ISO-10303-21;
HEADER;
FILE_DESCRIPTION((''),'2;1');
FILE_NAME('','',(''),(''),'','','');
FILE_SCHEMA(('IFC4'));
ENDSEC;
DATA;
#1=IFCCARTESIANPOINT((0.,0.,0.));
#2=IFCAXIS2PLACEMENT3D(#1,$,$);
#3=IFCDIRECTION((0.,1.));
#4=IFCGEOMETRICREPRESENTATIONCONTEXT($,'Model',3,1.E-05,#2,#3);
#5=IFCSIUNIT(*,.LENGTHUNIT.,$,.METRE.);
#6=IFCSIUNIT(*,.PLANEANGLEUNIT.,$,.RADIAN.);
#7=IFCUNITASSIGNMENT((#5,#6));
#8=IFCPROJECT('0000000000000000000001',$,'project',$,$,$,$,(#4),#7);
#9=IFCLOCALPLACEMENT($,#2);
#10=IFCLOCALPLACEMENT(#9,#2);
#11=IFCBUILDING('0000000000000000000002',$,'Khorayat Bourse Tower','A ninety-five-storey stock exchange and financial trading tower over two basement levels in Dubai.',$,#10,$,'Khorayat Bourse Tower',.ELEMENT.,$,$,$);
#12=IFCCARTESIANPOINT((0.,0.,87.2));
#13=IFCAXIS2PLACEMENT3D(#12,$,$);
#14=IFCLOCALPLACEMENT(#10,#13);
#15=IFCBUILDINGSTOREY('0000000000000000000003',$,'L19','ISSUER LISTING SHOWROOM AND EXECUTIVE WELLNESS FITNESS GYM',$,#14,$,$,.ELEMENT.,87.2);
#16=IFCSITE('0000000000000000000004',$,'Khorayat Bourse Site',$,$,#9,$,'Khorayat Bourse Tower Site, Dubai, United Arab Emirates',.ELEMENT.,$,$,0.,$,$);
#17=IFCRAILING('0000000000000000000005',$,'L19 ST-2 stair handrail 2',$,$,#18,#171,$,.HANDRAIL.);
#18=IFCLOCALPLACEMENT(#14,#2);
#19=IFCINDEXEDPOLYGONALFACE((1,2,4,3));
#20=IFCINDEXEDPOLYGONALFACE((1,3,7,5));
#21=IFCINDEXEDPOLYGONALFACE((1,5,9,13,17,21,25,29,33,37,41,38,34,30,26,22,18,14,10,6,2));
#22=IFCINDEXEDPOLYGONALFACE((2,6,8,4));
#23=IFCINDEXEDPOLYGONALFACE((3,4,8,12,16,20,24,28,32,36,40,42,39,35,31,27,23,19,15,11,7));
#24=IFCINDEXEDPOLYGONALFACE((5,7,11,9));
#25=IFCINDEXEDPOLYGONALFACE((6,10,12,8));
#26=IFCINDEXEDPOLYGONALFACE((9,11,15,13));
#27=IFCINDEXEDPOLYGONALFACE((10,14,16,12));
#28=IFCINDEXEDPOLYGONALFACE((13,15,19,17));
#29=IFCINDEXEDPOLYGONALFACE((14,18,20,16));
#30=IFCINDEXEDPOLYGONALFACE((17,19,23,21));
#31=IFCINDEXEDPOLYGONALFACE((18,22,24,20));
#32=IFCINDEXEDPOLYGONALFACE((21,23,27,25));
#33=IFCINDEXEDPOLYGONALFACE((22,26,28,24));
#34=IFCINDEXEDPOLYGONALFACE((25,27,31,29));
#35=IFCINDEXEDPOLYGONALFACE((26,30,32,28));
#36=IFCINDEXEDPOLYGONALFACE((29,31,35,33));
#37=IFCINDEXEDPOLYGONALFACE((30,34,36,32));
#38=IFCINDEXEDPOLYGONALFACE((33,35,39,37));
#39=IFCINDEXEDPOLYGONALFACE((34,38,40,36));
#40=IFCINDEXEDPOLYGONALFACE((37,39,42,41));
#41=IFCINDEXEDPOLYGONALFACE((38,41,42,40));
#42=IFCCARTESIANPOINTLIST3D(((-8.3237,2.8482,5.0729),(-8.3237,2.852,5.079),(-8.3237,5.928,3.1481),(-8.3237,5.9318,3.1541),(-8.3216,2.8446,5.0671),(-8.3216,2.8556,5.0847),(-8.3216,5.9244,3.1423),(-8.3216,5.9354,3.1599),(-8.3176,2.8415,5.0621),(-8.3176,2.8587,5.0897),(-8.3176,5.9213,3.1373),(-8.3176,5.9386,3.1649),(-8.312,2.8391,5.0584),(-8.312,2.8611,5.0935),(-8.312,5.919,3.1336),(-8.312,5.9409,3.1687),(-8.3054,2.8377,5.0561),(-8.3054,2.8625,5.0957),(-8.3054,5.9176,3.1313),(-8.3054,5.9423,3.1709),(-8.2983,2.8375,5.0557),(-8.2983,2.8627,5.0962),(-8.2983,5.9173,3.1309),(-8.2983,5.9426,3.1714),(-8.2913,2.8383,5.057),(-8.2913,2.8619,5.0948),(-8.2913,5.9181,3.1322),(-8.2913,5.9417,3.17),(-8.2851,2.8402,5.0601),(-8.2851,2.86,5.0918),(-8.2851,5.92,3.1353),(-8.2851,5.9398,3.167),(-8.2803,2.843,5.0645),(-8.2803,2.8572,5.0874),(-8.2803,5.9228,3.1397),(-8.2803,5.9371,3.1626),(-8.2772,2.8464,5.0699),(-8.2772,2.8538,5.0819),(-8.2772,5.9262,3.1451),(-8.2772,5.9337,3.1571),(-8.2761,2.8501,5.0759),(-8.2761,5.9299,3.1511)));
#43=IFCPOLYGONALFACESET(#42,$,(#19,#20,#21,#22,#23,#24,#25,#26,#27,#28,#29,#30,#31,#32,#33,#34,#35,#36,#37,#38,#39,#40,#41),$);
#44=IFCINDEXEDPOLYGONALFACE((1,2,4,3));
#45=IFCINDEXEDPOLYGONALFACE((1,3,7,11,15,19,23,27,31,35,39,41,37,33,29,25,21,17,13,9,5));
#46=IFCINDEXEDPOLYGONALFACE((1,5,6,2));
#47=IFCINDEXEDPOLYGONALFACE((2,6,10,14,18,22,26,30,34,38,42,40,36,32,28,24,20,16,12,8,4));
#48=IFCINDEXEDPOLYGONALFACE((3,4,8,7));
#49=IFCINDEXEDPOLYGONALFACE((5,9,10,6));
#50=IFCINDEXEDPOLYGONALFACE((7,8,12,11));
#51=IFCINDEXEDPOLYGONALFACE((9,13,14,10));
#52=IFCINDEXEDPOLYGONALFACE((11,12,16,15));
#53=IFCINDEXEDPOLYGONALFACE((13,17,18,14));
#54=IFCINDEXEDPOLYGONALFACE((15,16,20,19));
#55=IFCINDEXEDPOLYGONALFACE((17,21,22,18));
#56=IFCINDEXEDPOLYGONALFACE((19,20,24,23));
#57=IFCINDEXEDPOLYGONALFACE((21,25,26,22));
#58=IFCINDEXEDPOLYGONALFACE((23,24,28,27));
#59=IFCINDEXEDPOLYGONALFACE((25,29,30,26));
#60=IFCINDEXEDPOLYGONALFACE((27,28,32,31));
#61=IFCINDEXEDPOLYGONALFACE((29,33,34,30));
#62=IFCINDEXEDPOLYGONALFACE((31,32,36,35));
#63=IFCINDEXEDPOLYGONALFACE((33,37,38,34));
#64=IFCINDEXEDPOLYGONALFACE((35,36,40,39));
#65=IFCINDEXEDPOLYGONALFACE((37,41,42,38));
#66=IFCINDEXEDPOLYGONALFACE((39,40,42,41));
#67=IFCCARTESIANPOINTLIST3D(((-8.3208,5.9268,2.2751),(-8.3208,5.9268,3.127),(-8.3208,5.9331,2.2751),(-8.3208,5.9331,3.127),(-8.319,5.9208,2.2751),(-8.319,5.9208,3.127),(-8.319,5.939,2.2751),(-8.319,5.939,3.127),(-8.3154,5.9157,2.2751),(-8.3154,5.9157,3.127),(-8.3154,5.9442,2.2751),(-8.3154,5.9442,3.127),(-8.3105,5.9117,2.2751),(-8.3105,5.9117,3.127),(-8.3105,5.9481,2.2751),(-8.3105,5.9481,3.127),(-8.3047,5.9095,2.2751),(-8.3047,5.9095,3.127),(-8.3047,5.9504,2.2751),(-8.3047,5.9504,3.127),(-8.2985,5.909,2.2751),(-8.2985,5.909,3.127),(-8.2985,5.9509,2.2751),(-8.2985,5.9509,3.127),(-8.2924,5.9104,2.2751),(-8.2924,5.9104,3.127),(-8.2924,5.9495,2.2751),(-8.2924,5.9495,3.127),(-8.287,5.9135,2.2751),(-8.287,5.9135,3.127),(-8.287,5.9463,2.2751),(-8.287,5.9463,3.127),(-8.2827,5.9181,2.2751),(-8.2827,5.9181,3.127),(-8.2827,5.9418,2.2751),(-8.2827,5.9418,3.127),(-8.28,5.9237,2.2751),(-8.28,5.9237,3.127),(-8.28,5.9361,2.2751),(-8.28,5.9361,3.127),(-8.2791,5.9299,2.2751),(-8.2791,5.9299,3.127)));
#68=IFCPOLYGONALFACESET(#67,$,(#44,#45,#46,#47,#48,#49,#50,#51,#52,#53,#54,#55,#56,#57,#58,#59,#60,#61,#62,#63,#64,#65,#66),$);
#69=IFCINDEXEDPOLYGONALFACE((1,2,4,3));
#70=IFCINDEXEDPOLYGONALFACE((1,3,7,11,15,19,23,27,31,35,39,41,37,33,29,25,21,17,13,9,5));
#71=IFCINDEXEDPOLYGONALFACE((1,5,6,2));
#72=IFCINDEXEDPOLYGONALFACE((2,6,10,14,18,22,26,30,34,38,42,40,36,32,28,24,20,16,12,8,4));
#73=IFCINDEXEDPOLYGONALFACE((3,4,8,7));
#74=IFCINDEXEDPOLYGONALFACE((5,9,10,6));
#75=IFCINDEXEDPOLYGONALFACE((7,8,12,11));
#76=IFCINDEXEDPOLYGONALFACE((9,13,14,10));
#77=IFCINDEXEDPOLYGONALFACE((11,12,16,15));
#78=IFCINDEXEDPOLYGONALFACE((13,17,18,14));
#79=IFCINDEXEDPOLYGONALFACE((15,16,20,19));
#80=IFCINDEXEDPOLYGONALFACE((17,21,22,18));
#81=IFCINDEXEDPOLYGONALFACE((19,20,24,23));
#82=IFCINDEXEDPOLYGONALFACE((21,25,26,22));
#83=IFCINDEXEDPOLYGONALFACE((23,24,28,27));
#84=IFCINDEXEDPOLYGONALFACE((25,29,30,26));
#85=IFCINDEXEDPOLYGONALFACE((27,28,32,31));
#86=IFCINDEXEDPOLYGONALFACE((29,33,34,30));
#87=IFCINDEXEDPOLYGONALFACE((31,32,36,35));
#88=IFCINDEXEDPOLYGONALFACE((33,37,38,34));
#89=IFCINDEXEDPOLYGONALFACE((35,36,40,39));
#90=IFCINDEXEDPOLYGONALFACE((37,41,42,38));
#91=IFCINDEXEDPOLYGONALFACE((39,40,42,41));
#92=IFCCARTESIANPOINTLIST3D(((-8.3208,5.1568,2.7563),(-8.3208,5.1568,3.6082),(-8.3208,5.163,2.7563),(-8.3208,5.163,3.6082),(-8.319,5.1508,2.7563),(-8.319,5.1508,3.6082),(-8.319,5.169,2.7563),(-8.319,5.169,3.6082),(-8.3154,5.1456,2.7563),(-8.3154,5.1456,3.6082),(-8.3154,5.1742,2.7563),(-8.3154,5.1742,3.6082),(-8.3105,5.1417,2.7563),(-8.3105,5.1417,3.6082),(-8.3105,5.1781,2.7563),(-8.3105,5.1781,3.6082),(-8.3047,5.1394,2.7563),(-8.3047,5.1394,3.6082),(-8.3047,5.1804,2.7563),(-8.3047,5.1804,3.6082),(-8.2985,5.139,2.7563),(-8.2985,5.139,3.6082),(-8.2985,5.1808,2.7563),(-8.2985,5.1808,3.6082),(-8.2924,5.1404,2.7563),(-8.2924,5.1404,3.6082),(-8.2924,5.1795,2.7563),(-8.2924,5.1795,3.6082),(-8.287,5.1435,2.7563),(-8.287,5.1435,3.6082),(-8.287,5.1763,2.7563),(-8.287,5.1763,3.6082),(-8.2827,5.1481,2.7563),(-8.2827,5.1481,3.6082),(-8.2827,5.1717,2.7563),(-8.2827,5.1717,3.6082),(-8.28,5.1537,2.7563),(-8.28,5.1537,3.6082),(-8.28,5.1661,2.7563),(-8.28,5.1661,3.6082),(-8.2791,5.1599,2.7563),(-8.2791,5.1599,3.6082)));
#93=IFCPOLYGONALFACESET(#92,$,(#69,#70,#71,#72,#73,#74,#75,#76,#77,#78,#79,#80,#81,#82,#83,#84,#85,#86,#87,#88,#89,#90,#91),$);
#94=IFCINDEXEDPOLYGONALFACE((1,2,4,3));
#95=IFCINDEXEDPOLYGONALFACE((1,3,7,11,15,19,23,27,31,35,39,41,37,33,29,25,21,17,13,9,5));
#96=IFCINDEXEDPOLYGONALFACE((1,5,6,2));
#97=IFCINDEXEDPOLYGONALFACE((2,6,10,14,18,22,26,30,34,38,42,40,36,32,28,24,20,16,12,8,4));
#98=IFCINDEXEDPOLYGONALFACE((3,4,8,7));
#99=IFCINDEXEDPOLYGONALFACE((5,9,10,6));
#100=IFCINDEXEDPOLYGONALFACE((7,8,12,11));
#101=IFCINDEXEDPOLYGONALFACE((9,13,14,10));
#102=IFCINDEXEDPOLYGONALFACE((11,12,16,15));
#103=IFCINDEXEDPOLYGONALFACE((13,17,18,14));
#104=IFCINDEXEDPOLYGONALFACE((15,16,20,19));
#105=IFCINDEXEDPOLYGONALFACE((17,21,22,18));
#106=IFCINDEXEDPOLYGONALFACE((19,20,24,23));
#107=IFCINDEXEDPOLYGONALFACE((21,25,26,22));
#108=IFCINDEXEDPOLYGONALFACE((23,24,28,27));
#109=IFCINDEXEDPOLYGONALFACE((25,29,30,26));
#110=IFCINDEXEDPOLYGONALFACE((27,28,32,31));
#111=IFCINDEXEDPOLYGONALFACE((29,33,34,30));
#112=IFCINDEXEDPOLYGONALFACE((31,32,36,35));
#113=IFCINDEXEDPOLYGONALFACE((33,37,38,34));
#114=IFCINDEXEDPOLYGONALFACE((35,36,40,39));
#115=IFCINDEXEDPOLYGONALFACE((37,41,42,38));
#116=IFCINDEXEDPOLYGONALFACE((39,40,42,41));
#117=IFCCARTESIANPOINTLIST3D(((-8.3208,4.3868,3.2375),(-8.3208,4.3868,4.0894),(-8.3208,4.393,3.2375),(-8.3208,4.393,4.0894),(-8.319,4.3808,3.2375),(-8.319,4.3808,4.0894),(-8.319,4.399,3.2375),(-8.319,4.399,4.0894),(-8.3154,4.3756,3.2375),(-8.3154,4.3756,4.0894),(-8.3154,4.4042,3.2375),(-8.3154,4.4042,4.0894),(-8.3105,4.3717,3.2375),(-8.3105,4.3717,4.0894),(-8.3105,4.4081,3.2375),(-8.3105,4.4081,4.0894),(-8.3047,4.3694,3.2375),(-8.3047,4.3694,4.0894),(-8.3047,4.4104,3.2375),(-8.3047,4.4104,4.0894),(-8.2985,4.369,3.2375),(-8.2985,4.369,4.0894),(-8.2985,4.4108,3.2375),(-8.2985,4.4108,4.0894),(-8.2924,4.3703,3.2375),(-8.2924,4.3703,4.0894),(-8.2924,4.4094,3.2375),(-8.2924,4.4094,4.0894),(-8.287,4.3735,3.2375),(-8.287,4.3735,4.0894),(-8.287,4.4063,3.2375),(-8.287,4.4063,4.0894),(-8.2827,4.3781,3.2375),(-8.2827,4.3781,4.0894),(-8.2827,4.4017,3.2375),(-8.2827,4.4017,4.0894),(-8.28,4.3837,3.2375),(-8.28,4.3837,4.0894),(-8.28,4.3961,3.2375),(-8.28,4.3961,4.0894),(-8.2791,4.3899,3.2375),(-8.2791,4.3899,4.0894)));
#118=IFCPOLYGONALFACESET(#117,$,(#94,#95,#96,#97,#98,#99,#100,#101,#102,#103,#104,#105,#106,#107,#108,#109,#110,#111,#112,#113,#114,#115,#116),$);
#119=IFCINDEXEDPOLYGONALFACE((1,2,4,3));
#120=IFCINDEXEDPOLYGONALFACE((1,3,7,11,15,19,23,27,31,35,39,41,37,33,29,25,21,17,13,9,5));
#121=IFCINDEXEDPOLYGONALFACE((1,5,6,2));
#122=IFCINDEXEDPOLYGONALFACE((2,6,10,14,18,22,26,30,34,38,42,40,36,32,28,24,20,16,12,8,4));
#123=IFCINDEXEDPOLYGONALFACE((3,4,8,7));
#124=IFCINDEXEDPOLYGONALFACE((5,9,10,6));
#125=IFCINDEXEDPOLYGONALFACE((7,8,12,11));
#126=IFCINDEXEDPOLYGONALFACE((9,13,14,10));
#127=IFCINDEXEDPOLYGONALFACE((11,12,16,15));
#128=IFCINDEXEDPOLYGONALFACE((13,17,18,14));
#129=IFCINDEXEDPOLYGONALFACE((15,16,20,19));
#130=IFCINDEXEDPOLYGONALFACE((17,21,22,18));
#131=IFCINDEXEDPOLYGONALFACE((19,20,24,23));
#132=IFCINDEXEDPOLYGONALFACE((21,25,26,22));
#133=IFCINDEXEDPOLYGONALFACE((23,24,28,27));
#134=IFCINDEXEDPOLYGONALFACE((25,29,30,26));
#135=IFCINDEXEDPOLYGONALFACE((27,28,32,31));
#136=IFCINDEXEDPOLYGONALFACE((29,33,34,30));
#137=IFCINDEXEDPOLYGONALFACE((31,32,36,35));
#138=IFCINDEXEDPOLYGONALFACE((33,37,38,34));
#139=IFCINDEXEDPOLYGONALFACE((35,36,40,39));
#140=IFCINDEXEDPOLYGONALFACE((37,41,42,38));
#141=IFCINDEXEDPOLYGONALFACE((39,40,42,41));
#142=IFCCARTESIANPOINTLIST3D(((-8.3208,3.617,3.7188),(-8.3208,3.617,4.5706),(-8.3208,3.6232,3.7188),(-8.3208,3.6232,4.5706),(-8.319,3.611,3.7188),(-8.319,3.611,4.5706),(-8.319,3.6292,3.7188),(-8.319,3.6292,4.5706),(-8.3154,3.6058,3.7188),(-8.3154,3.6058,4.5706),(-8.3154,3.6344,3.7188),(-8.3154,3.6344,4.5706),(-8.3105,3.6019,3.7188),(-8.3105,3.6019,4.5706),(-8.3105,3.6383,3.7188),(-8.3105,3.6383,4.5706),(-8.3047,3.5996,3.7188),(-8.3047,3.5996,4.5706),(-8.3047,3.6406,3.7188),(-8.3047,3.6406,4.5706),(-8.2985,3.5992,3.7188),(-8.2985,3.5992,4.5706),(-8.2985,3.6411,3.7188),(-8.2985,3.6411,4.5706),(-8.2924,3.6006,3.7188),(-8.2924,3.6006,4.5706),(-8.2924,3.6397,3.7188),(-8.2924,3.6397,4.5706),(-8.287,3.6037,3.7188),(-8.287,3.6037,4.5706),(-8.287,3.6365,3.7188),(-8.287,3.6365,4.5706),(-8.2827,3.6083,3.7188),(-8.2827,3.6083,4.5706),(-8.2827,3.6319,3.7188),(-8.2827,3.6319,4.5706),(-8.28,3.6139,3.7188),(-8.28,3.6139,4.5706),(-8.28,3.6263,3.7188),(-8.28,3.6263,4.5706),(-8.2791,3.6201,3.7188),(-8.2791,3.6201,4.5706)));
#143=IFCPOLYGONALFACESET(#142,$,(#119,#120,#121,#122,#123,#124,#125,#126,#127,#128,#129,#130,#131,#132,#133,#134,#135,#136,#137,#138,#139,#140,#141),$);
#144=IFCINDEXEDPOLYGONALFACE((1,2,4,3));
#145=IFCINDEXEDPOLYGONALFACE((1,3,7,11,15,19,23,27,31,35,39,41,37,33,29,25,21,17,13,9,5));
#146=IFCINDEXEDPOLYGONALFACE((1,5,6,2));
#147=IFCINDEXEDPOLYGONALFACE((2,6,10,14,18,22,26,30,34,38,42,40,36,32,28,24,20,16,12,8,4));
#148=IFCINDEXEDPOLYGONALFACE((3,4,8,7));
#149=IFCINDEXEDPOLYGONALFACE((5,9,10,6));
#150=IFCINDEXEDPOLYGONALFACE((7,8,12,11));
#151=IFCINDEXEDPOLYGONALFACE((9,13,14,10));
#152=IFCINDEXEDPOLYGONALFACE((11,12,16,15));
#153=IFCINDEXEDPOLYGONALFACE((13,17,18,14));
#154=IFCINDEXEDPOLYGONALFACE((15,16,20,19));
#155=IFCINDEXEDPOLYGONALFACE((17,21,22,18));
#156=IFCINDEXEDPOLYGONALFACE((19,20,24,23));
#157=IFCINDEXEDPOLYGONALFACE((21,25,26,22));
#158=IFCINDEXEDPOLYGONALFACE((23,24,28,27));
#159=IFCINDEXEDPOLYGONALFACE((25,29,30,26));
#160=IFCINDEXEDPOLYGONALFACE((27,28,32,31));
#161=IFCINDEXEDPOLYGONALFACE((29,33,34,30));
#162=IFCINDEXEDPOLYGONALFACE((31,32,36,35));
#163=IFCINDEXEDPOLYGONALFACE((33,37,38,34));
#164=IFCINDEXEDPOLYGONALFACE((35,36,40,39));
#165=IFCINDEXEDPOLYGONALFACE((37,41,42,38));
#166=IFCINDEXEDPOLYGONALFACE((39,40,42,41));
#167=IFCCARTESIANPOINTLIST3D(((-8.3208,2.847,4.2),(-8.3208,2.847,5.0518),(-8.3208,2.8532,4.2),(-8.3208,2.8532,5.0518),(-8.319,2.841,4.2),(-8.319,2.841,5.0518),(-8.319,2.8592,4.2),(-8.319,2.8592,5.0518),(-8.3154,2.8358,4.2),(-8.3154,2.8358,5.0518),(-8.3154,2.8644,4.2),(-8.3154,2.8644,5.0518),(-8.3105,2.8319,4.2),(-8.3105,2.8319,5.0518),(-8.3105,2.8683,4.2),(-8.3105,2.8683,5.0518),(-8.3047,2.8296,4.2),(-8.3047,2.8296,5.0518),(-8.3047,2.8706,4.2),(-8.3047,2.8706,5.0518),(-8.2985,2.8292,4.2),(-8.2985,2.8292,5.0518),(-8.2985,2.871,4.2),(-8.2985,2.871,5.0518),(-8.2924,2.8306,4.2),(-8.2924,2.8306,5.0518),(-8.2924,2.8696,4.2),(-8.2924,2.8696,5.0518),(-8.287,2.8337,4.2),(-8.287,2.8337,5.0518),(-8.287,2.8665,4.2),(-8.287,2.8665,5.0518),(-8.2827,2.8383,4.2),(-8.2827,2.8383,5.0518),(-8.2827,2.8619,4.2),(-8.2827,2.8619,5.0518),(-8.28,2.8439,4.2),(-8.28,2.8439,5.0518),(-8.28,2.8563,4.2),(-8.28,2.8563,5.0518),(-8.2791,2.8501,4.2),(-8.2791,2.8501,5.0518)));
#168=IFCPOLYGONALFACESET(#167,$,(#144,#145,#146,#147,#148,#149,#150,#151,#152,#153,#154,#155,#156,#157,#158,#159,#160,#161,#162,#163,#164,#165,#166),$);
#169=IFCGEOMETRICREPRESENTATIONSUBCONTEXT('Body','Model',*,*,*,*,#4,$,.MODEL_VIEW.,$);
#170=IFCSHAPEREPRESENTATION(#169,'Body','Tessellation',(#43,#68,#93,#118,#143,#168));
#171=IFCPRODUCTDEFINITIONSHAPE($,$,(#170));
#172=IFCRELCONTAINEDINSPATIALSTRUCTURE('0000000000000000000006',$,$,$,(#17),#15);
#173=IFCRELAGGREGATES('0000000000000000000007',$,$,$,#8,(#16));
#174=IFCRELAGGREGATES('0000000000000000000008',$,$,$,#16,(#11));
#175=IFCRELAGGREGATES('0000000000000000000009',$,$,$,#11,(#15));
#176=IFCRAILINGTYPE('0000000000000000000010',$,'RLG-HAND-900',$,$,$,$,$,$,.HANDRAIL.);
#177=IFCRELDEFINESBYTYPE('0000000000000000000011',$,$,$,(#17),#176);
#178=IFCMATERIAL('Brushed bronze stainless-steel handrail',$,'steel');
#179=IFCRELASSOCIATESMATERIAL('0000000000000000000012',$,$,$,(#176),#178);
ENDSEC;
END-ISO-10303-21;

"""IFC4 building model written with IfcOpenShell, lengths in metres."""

from ifc_helpers import new_model, si_unit, direction, frame, origin, origin_2d, place, context, subcontext, project, spatial, circle, extrude, source, transform, mapped, material, type_object, element, save


model = new_model("IFC4")

# Units and contexts
model_context = context("Model", 3, precision=1e-05, world=origin(), true_north=direction((0.0, 1.0)))
body_context = subcontext(model_context, "Body", "Model", "MODEL_VIEW")
ifc_project = project(units=[si_unit("LENGTHUNIT", "METRE"), si_unit("PLANEANGLEUNIT", "RADIAN")], contexts=[model_context])

# Site, building, storey
site_placement = place(None, origin())
site = spatial("IfcSite", under=ifc_project, at=site_placement, Name="Khorayat Bourse Site", LongName="Khorayat Bourse Tower Site, Dubai, United Arab Emirates", CompositionType="ELEMENT", RefElevation=0.0)
building_placement = place(site_placement, origin())
building = spatial("IfcBuilding", under=site, at=building_placement, Name="Khorayat Bourse Tower", Description="A ninety-five-storey stock exchange and financial trading tower over two basement levels in Dubai.", LongName="Khorayat Bourse Tower", CompositionType="ELEMENT")
storey_placement = place(building_placement, frame((0.0, 0.0, 87.2)))
storey = spatial("IfcBuildingStorey", under=building, at=storey_placement, Name="L19", Description="ISSUER LISTING SHOWROOM AND EXECUTIVE WELLNESS FITNESS GYM", CompositionType="ELEMENT", Elevation=87.2)

# Railing
ifc_material_1 = material(Name="Brushed bronze stainless-steel handrail", Category="steel")
railing_type_1 = type_object("IfcRailingType", Name="RLG-HAND-900", PredefinedType="HANDRAIL", material=ifc_material_1)
shared_shape_1 = source(origin(), body_context, "Body", "SweptSolid", [
    extrude(circle(Radius=0.0239, at=origin_2d()), frame((0.0, 0.0, 0.876), z_axis=(0.0, -0.84801, 0.529981), x_axis=(1.0, 0.0, 0.0)), (0.0, 0.0, 1.0), 3.6318),
    extrude(circle(Radius=0.021, at=origin_2d()), origin(), (0.0, 0.0, 1.0), 0.8518),
    extrude(circle(Radius=0.021, at=origin_2d()), frame((0.0, -0.77, 0.4812)), (0.0, 0.0, 1.0), 0.8518),
    extrude(circle(Radius=0.021, at=origin_2d()), frame((0.0, -1.54, 0.9624)), (0.0, 0.0, 1.0), 0.8518),
    extrude(circle(Radius=0.021, at=origin_2d()), frame((0.0, -2.3098, 1.4436)), (0.0, 0.0, 1.0), 0.8518),
    extrude(circle(Radius=0.021, at=origin_2d()), frame((0.0, -3.0798, 1.9248)), (0.0, 0.0, 1.0), 0.8518),
])
railing_1_placement = place(storey_placement, frame((-8.3, 5.9299, 2.2751)))
element("IfcRailing", 1, at=railing_1_placement, inside=storey, type_object=railing_type_1, Name="L19 ST-2 stair handrail 2", PredefinedType="HANDRAIL", context=body_context, shape_type="MappedRepresentation", body=[
    mapped(shared_shape_1, transform((0.0, 0.0, 0.0), scale=1.0)),
])

save(model, "model.ifc")
